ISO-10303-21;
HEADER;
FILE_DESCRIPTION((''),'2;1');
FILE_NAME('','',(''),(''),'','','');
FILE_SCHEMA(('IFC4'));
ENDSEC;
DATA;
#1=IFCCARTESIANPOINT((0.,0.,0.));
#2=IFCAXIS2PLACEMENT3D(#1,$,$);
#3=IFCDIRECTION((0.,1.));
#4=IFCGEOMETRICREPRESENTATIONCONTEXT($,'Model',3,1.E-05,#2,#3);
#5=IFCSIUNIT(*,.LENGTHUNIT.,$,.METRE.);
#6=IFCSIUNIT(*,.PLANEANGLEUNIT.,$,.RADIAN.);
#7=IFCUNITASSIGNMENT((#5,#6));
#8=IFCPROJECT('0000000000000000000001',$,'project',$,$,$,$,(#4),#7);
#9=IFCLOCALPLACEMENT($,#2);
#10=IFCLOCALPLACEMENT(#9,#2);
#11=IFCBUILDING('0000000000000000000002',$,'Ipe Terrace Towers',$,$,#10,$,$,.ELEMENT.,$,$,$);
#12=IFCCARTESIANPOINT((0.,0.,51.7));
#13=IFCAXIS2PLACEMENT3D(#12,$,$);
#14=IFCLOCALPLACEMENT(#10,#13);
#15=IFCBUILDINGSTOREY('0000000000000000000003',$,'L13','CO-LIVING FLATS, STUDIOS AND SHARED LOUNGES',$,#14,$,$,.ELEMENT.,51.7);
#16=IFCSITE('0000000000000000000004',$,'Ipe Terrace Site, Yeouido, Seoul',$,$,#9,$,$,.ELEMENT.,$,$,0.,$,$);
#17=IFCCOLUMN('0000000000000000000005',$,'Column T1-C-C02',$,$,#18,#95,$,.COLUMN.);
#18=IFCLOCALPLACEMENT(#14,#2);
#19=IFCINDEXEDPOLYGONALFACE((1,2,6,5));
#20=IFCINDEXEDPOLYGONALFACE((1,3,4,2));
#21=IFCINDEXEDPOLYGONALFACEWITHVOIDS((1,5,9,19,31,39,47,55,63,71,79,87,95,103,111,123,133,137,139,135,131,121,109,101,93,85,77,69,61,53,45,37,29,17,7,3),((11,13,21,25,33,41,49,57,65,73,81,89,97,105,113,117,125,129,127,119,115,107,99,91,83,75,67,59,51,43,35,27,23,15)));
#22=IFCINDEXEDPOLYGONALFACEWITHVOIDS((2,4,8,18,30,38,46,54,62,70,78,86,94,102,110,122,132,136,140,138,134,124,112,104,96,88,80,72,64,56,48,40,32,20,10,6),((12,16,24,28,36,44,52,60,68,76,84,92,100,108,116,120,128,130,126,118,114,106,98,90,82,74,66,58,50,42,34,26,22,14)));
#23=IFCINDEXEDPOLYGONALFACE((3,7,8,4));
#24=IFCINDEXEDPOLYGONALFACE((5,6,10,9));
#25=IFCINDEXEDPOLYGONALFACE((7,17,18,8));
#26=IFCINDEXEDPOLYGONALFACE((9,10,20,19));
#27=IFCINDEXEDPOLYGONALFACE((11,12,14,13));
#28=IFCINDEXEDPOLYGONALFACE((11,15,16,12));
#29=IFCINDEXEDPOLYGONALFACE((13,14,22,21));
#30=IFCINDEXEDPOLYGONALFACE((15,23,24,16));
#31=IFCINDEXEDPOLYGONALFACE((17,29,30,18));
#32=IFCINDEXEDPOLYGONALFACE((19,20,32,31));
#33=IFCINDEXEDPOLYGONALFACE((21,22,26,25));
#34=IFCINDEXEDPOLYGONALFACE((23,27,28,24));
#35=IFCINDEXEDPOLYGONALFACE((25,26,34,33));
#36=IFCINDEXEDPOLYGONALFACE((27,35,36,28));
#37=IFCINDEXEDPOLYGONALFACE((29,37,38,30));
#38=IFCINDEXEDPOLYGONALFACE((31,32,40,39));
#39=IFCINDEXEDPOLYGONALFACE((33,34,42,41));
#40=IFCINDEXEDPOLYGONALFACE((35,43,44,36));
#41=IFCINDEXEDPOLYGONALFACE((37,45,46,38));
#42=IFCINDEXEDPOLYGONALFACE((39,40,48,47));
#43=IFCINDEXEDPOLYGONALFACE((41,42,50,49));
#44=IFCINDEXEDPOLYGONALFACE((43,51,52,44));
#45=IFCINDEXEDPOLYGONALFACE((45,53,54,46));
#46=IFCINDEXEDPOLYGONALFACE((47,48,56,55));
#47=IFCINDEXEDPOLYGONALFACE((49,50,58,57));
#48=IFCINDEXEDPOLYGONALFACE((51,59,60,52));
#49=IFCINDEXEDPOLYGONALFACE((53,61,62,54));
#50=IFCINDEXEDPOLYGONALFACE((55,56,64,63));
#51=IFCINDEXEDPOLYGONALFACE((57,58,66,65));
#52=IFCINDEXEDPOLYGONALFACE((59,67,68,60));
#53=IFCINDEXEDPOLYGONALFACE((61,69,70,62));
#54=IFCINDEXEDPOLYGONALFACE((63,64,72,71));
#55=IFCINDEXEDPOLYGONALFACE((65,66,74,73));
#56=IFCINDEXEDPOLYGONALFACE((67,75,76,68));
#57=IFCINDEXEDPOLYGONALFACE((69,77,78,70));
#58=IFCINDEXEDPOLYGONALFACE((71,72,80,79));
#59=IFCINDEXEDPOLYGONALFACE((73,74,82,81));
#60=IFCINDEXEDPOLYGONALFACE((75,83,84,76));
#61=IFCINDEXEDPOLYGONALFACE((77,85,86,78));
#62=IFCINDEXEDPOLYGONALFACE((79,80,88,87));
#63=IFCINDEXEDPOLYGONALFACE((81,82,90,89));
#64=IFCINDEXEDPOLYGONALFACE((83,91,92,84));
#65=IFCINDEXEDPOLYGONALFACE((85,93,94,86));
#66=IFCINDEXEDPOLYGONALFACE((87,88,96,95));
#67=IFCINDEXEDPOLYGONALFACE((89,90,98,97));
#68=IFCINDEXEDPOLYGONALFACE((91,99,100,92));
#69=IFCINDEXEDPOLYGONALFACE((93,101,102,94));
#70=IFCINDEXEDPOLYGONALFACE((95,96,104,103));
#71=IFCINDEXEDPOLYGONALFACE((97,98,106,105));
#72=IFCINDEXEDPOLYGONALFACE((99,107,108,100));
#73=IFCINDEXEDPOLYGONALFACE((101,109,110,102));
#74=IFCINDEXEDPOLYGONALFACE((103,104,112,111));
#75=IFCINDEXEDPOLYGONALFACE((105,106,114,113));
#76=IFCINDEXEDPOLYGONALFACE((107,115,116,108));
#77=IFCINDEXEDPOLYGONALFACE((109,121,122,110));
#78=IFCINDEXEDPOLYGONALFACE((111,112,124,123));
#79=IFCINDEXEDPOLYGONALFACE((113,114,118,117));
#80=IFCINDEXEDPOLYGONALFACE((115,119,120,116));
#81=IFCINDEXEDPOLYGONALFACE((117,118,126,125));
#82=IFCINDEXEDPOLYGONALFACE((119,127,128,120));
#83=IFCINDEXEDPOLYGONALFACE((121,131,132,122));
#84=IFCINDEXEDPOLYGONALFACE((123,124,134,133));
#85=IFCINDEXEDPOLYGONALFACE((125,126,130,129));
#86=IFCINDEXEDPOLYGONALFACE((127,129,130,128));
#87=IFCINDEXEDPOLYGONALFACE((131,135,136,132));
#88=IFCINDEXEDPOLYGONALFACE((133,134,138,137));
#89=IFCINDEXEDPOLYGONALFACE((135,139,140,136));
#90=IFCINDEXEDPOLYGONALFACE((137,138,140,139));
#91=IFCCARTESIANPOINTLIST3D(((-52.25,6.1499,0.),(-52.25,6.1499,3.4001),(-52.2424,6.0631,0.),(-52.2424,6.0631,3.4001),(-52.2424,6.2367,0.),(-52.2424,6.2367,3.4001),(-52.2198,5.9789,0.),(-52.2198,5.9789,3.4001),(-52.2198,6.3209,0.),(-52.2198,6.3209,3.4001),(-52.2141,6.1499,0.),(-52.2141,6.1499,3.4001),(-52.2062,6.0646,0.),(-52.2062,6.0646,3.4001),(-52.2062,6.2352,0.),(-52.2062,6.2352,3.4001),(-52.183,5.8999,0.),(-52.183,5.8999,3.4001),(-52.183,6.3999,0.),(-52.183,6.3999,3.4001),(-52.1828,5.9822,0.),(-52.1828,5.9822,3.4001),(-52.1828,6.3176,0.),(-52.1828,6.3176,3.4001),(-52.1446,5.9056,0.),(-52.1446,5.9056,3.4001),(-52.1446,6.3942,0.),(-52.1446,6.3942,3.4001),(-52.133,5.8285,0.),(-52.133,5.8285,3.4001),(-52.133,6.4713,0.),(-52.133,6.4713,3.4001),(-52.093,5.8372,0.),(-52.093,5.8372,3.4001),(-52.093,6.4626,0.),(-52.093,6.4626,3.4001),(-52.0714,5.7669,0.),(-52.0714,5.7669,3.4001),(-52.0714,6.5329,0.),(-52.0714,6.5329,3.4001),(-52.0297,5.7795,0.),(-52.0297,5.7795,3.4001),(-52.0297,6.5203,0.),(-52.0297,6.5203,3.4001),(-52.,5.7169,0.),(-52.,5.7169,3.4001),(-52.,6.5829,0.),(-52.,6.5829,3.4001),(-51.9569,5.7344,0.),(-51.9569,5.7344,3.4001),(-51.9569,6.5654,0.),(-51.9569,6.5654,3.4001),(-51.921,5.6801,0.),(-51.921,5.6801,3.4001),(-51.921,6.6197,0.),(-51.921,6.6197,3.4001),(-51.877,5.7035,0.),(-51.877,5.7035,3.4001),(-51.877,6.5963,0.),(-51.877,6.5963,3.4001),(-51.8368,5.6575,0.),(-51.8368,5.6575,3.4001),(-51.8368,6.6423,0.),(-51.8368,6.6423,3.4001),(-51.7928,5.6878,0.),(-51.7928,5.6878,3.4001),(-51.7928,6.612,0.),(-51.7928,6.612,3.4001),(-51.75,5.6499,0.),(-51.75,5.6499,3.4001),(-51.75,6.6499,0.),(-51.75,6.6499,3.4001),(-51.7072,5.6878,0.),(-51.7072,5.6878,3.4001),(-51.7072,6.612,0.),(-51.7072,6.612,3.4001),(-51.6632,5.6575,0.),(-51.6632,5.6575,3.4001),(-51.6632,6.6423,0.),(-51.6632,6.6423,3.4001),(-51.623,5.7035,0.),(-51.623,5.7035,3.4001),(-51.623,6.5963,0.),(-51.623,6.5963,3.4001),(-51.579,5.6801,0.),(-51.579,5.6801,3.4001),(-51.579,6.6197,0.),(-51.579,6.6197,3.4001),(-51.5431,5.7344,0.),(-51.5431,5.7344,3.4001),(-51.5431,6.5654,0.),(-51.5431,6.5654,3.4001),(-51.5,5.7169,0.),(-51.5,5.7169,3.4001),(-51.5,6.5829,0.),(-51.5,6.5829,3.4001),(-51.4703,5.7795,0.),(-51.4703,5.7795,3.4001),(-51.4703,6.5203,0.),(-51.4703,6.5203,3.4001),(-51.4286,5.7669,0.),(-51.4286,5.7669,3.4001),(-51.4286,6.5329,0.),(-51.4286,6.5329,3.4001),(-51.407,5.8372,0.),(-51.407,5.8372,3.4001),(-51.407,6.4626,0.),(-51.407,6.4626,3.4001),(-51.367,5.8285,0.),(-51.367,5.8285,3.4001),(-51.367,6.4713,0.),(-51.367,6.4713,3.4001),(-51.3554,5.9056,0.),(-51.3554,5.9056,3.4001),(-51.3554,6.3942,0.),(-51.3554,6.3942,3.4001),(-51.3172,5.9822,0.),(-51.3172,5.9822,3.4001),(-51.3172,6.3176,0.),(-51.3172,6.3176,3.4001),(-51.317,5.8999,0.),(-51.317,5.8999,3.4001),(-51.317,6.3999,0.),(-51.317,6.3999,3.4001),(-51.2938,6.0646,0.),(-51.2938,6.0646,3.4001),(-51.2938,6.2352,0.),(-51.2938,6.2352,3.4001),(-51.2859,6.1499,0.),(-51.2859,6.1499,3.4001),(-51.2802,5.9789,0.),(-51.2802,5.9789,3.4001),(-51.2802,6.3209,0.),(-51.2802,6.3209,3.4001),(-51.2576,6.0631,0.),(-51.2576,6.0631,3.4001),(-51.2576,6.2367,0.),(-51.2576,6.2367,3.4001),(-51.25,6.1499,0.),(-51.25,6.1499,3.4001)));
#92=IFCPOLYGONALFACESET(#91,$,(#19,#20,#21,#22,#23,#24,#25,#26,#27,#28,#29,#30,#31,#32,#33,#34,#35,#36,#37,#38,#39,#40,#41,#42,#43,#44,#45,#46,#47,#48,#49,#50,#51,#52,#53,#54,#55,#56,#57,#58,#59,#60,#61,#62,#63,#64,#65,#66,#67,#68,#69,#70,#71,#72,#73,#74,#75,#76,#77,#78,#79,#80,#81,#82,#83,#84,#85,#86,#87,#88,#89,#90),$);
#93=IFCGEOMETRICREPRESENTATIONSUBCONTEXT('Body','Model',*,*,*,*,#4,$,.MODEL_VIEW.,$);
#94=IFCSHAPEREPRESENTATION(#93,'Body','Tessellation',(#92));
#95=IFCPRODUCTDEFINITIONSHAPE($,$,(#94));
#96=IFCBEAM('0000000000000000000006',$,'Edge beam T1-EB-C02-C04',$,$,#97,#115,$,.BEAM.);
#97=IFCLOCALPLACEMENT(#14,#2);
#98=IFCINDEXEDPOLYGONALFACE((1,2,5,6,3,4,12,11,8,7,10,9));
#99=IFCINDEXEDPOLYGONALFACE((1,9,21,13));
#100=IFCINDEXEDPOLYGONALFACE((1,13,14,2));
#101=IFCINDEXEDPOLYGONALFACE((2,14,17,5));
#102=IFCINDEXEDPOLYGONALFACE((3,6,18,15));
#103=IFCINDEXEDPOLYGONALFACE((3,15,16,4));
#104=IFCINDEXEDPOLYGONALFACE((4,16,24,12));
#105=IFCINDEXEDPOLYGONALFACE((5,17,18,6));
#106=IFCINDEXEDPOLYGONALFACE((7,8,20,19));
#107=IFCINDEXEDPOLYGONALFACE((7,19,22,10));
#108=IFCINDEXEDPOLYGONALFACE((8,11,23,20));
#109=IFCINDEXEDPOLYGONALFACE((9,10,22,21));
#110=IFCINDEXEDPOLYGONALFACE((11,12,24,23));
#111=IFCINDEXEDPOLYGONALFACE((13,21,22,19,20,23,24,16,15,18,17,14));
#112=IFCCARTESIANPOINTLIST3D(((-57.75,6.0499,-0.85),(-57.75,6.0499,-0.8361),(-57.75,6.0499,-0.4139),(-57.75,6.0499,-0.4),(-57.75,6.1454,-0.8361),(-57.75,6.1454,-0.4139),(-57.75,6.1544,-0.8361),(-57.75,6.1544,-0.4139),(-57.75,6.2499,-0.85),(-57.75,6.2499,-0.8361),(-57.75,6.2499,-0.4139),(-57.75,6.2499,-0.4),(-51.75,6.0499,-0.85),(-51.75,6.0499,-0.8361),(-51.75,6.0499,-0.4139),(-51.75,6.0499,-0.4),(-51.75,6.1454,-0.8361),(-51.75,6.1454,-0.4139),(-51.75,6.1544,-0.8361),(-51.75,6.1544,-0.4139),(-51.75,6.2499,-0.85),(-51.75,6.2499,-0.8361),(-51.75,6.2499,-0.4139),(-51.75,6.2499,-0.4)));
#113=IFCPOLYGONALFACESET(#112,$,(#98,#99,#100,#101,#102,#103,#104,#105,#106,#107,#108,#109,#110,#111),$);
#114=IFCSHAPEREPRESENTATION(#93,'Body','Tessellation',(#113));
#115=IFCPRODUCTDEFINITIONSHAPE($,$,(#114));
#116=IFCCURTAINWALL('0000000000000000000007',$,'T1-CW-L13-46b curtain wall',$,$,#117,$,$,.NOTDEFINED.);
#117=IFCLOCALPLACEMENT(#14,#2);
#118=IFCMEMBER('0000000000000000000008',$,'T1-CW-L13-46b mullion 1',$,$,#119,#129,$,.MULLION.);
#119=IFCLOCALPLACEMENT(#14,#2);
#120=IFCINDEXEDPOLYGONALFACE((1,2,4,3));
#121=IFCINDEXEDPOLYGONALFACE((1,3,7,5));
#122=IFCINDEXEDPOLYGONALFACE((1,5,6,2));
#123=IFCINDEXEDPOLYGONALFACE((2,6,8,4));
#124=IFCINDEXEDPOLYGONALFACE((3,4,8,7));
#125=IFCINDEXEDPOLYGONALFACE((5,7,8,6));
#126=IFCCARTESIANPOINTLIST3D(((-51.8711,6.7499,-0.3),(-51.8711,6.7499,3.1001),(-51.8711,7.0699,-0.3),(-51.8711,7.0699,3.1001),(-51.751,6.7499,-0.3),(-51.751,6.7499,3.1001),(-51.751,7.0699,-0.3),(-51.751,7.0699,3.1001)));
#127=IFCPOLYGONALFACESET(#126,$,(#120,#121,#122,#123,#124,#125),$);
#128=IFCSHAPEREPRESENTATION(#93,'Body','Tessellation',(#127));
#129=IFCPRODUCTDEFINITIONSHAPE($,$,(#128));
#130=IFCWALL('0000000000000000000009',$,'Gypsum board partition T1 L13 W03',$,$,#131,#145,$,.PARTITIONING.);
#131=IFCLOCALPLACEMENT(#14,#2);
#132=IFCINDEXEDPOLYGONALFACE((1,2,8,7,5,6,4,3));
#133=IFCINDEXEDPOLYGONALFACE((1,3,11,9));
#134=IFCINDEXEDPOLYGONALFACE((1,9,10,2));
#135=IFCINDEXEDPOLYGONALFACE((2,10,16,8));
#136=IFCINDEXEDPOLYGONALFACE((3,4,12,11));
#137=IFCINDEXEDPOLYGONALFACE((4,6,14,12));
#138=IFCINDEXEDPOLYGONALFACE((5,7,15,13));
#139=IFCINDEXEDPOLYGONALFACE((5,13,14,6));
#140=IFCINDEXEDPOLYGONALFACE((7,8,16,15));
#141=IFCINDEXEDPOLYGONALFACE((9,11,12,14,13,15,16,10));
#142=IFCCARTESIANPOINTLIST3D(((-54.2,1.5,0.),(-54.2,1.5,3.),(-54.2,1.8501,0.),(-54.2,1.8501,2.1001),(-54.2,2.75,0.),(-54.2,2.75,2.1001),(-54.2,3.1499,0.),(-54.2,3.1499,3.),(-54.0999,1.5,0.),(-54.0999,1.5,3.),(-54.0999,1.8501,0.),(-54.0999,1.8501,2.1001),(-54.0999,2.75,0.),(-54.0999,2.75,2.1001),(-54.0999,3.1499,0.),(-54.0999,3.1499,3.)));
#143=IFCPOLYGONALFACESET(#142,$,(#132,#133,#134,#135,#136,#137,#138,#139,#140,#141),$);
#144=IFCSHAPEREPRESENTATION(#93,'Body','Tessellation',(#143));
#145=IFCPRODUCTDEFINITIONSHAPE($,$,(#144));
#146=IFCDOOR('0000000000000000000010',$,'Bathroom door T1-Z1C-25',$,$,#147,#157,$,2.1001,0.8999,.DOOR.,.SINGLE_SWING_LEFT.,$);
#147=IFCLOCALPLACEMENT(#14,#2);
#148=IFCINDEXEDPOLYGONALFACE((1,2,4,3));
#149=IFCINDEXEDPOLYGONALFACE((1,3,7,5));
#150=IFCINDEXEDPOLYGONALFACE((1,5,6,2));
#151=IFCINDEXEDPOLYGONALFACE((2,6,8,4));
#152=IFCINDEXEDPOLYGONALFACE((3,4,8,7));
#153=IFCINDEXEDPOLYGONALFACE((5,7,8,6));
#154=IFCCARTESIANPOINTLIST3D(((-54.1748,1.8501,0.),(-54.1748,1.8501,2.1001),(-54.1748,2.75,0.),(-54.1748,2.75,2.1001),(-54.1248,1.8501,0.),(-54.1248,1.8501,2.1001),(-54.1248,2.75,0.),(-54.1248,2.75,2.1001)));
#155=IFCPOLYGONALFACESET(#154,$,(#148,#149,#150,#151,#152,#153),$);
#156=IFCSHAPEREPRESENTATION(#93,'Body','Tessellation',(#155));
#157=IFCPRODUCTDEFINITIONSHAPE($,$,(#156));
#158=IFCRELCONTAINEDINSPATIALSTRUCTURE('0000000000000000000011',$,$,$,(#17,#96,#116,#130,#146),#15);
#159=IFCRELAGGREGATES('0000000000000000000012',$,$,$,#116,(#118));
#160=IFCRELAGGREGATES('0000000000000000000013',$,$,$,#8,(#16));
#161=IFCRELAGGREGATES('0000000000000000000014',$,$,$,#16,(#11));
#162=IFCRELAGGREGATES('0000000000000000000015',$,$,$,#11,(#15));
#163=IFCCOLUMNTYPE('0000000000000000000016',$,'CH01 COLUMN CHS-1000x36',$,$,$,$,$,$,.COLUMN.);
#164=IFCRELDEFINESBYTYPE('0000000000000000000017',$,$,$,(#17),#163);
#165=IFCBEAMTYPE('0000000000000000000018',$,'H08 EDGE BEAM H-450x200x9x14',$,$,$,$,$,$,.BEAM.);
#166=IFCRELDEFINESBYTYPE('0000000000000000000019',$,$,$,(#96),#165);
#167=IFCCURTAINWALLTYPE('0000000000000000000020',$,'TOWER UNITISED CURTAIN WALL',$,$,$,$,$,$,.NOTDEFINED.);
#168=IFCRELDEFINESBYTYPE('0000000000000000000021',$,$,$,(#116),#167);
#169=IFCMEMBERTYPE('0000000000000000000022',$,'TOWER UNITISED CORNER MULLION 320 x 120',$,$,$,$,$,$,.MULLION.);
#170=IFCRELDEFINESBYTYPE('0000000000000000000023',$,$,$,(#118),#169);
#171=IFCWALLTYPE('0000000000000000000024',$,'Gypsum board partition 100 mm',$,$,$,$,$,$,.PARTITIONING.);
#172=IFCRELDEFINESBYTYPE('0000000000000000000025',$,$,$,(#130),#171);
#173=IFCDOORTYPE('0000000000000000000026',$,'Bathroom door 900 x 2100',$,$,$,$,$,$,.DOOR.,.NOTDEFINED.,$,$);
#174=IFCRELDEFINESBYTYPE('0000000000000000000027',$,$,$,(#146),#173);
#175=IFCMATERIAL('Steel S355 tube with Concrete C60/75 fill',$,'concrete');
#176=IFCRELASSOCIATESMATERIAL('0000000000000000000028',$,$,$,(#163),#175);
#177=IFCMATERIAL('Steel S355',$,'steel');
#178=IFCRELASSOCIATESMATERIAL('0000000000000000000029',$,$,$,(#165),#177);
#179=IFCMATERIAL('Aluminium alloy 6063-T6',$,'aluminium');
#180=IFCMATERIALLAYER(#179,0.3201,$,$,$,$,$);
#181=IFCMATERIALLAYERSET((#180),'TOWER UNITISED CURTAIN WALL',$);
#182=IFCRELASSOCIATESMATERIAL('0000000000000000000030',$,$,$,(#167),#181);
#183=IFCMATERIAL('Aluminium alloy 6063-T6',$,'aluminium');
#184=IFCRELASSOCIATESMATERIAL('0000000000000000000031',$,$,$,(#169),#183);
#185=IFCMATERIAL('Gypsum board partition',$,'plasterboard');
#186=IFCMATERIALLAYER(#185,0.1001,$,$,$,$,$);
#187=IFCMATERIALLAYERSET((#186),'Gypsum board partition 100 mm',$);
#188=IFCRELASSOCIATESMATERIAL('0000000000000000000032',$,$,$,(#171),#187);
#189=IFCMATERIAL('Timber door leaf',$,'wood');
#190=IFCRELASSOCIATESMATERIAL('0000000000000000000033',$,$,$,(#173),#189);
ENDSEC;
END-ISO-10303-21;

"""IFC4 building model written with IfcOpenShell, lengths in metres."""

from ifc_helpers import new_model, si_unit, direction, frame, frame_2d, origin, origin_2d, place, context, subcontext, project, spatial, rectangle, hollow_circle, i_section, extrude, material, layer, layer_set, material_profile, profile_set, type_object, element, fill, aggregate, save


model = new_model("IFC4")

# Units and contexts
model_context = context("Model", 3, precision=1e-05, world=origin(), true_north=direction((0.0, 1.0)))
body_context = subcontext(model_context, "Body", "Model", "MODEL_VIEW")
ifc_project = project(units=[si_unit("LENGTHUNIT", "METRE"), si_unit("PLANEANGLEUNIT", "RADIAN")], contexts=[model_context])

# Site, building, storey
site_placement = place(None, origin())
site = spatial("IfcSite", under=ifc_project, at=site_placement, Name="Ipe Terrace Site, Yeouido, Seoul", CompositionType="ELEMENT", RefElevation=0.0)
building_placement = place(site_placement, origin())
building = spatial("IfcBuilding", under=site, at=building_placement, Name="Ipe Terrace Towers", CompositionType="ELEMENT")
storey_placement = place(building_placement, frame((0.0, 0.0, 51.7)))
storey = spatial("IfcBuildingStorey", under=building, at=storey_placement, Name="L13", Description="CO-LIVING FLATS, STUDIOS AND SHARED LOUNGES", CompositionType="ELEMENT", Elevation=51.7)

# Column
ifc_material_1 = material(Name="Steel S355 tube with Concrete C60/75 fill", Category="concrete")
ifc_material_profile_1 = material_profile(ifc_material_1, hollow_circle(Radius=0.5, WallThickness=0.0359, at=origin_2d()), Name="CHS-1000x36")
ifc_profile_set_1 = profile_set([ifc_material_profile_1], Name="Steel S355 tube with Concrete C60/75 fill")
column_type = type_object("IfcColumnType", Name="CH01 COLUMN CHS-1000x36", PredefinedType="COLUMN", material=ifc_profile_set_1)
column_placement = place(storey_placement, frame((-51.75, 6.1499, 0.0), z_axis=(0.0, 0.0, 1.0), x_axis=(1.0, 0.0, 0.0)))
element("IfcColumn", 1, at=column_placement, inside=storey, type_object=column_type, Name="Column T1-C-C02", PredefinedType="COLUMN", context=body_context, shape_type="SweptSolid", body=[
    extrude(hollow_circle(Radius=0.5, WallThickness=0.0359, at=origin_2d()), origin(), (0.0, 0.0, 1.0), 3.4001),
])

# Beam
ifc_material_2 = material(Name="Steel S355", Category="steel")
ifc_material_profile_2 = material_profile(ifc_material_2, i_section(OverallWidth=0.2, OverallDepth=0.45, WebThickness=0.009, FlangeThickness=0.0139, at=origin_2d()), Name="H-450x200x9x14")
ifc_profile_set_2 = profile_set([ifc_material_profile_2], Name="Steel S355")
beam_type = type_object("IfcBeamType", Name="H08 EDGE BEAM H-450x200x9x14", PredefinedType="BEAM", material=ifc_profile_set_2)
beam_placement = place(storey_placement, frame((-51.75, 6.1499, -0.625), z_axis=(-1.0, 0.0, 0.0), x_axis=(0.0, -1.0, 0.0)))
element("IfcBeam", 2, at=beam_placement, inside=storey, type_object=beam_type, Name="Edge beam T1-EB-C02-C04", PredefinedType="BEAM", context=body_context, shape_type="SweptSolid", body=[
    extrude(i_section(OverallWidth=0.2, OverallDepth=0.45, WebThickness=0.009, FlangeThickness=0.0139, at=origin_2d()), origin(), (0.0, 0.0, 1.0), 6.0),
])

# Curtain wall, member
ifc_material_3 = material(Name="Aluminium alloy 6063-T6", Category="aluminium")
ifc_layer_1 = layer(ifc_material_3, 0.3201)
ifc_layer_set_1 = layer_set([ifc_layer_1], Name="TOWER UNITISED CURTAIN WALL")
curtain_wall_type = type_object("IfcCurtainWallType", Name="TOWER UNITISED CURTAIN WALL", PredefinedType="NOTDEFINED", material=ifc_layer_set_1)
curtain_wall_placement = place(storey_placement, origin())
curtain_wall = element("IfcCurtainWall", 3, at=curtain_wall_placement, inside=storey, type_object=curtain_wall_type, Name="T1-CW-L13-46b curtain wall", PredefinedType="NOTDEFINED")
ifc_material_4 = material(Name="Aluminium alloy 6063-T6", Category="aluminium")
ifc_material_profile_3 = material_profile(ifc_material_4, rectangle(XDim=0.3201, YDim=0.1201, at=origin_2d()), Name="TOWER UNITISED CORNER MULLION 320 x 120")
ifc_profile_set_3 = profile_set([ifc_material_profile_3], Name="Aluminium alloy 6063-T6")
member_type = type_object("IfcMemberType", Name="TOWER UNITISED CORNER MULLION 320 x 120", PredefinedType="MULLION", material=ifc_profile_set_3)
member_placement = place(storey_placement, frame((-51.811, 6.9099, -0.3), z_axis=(0.0, 0.0, 1.0), x_axis=(0.0, 1.0, 0.0)))
member = element("IfcMember", 4, at=member_placement, type_object=member_type, Name="T1-CW-L13-46b mullion 1", PredefinedType="MULLION", context=body_context, shape_type="SweptSolid", body=[
    extrude(rectangle(XDim=0.3201, YDim=0.1201, at=origin_2d()), origin(), (0.0, 0.0, 1.0), 3.4001),
])
aggregate(curtain_wall, [member])

# Wall, opening, door
ifc_material_5 = material(Name="Gypsum board partition", Category="plasterboard")
ifc_layer_2 = layer(ifc_material_5, 0.1001)
ifc_layer_set_2 = layer_set([ifc_layer_2], Name="Gypsum board partition 100 mm")
wall_type_1 = type_object("IfcWallType", Name="Gypsum board partition 100 mm", PredefinedType="PARTITIONING", material=ifc_layer_set_2)
wall_1_placement = place(storey_placement, frame((-54.1499, 1.5, 0.0), z_axis=(0.0, 0.0, 1.0), x_axis=(0.0, 1.0, 0.0)))
wall_1 = element("IfcWall", 5, at=wall_1_placement, inside=storey, type_object=wall_type_1, Name="Gypsum board partition T1 L13 W03", PredefinedType="PARTITIONING", context=body_context, shape_type="SweptSolid", body=[
    extrude(rectangle(XDim=1.6499, YDim=0.1001, at=frame_2d((0.825, 0.0))), origin(), (0.0, 0.0, 1.0), 3.0),
])
opening_1_placement = place(wall_1_placement, frame((0.3501, 0.0, 0.0)))
opening_1 = element("IfcOpeningElement", 6, at=opening_1_placement, cuts=wall_1, PredefinedType="OPENING", context=body_context, shape_type="SweptSolid", body=[
    extrude(rectangle(XDim=0.8999, YDim=2.1001, at=frame_2d((0.45, 1.05))), frame((0.0, 0.0601, 0.0), z_axis=(0.0, -1.0, 0.0), x_axis=(1.0, 0.0, 0.0)), (0.0, 0.0, 1.0), 0.1201),
])
ifc_material_6 = material(Name="Timber door leaf", Category="wood")
door_type_1 = type_object("IfcDoorType", Name="Bathroom door 900 x 2100", OperationType="NOTDEFINED", PredefinedType="DOOR", material=ifc_material_6)
door_1_placement = place(opening_1_placement, origin())
door_1 = element("IfcDoor", 7, at=door_1_placement, inside=storey, type_object=door_type_1, Name="Bathroom door T1-Z1C-25", OperationType="SINGLE_SWING_LEFT", OverallHeight=2.1001, OverallWidth=0.8999, PredefinedType="DOOR", context=body_context, shape_type="SweptSolid", body=[
    extrude(rectangle(XDim=0.8999, YDim=2.1001, at=frame_2d((0.45, 1.05))), frame((0.0, 0.0249, 0.0), z_axis=(0.0, -1.0, 0.0), x_axis=(1.0, 0.0, 0.0)), (0.0, 0.0, 1.0), 0.05),
])
fill(opening_1, door_1)

save(model, "model.ifc")
